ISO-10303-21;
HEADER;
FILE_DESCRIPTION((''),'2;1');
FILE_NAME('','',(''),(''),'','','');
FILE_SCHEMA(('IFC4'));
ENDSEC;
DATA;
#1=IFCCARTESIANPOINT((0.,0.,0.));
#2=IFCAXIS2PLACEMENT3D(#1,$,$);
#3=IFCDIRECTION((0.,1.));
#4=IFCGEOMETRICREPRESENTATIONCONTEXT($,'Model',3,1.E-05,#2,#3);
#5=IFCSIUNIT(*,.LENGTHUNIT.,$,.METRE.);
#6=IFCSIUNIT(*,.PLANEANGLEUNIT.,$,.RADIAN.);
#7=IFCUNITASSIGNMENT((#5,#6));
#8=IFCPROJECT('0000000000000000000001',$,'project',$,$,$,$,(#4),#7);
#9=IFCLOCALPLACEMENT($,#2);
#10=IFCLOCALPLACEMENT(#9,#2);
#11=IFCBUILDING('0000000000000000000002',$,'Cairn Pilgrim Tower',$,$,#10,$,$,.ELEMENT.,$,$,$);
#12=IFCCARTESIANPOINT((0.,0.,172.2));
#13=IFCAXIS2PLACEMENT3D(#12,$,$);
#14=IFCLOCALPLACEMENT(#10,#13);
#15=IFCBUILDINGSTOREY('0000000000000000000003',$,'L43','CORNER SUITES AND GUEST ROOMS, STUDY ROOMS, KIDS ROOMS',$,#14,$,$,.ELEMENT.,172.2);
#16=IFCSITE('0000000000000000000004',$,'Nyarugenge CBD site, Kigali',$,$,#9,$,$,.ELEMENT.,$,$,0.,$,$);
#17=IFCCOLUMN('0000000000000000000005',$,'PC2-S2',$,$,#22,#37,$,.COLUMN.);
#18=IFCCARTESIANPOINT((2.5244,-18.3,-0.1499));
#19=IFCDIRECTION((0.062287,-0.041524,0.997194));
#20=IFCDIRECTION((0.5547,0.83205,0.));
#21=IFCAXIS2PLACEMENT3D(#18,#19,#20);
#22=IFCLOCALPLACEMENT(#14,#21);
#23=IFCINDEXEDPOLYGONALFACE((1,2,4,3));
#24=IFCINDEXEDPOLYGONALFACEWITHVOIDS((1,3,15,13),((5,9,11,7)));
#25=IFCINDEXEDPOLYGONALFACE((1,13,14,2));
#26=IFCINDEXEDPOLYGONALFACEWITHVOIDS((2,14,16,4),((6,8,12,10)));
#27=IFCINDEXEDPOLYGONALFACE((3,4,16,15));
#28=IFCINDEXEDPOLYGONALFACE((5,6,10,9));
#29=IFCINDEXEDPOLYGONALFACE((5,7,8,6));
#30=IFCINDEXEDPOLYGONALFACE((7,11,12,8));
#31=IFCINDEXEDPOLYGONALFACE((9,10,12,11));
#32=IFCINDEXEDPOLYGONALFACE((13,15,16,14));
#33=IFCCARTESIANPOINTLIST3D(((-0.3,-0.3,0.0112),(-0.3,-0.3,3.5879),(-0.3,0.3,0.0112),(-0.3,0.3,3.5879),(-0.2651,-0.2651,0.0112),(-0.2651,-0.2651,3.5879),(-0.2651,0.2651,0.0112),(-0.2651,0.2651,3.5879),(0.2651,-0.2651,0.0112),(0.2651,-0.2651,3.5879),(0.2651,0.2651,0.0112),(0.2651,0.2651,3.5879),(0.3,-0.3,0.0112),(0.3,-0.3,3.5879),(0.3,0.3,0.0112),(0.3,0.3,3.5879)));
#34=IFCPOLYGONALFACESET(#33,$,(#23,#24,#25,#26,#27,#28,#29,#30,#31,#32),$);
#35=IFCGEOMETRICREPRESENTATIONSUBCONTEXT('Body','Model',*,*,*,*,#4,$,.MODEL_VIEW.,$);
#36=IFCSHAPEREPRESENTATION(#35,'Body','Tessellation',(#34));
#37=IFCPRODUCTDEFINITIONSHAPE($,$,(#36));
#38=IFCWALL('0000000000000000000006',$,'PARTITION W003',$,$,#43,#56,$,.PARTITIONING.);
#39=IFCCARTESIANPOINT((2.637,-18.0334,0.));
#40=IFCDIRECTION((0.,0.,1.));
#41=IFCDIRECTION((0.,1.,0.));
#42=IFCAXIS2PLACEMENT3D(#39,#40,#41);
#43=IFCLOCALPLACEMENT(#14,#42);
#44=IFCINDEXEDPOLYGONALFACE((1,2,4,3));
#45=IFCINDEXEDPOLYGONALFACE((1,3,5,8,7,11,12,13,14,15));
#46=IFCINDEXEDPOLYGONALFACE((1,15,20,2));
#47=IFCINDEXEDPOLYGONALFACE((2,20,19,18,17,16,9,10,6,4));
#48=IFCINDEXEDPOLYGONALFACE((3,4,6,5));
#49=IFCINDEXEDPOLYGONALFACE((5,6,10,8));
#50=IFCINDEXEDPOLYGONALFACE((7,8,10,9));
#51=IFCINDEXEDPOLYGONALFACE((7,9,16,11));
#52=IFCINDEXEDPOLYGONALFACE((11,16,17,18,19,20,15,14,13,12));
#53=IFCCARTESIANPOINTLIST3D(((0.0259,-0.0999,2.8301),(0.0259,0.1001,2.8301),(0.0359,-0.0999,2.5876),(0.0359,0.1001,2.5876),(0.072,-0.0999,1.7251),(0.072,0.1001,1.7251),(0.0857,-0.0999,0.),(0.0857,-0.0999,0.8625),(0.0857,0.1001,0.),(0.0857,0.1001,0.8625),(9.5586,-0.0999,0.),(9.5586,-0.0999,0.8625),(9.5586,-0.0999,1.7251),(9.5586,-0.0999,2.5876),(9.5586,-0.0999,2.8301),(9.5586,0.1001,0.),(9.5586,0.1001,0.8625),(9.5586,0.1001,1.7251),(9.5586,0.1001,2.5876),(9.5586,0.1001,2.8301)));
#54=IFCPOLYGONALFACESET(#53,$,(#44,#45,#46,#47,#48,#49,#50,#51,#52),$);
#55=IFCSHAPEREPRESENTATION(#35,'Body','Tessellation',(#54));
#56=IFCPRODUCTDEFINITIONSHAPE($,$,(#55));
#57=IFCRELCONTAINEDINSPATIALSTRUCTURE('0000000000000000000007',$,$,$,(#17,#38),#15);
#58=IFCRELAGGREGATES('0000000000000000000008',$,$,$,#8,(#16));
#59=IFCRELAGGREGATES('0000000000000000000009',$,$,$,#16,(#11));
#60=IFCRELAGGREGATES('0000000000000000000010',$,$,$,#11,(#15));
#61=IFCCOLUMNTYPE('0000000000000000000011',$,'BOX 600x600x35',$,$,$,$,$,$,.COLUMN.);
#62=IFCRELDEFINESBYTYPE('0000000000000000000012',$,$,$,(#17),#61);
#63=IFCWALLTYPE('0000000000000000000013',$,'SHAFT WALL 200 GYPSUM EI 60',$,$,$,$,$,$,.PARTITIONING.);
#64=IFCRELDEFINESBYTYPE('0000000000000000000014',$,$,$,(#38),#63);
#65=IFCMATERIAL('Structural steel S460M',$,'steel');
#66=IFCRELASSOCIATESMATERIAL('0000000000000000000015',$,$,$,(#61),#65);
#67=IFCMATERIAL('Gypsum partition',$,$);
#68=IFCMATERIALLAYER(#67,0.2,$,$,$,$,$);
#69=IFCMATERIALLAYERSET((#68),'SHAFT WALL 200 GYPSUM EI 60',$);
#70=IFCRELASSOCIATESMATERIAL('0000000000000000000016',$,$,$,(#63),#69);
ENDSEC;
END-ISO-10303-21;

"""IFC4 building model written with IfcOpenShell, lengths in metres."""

from ifc_helpers import new_model, si_unit, direction, frame, origin, origin_2d, place, context, subcontext, project, spatial, polyline, hollow_rectangle, outline, extrude, clip, halfspace, material, layer, layer_set, material_profile, profile_set, type_object, element, save


model = new_model("IFC4")

# Units and contexts
model_context = context("Model", 3, precision=1e-05, world=origin(), true_north=direction((0.0, 1.0)))
body_context = subcontext(model_context, "Body", "Model", "MODEL_VIEW")
ifc_project = project(units=[si_unit("LENGTHUNIT", "METRE"), si_unit("PLANEANGLEUNIT", "RADIAN")], contexts=[model_context])

# Site, building, storey
site_placement = place(None, origin())
site = spatial("IfcSite", under=ifc_project, at=site_placement, Name="Nyarugenge CBD site, Kigali", CompositionType="ELEMENT", RefElevation=0.0)
building_placement = place(site_placement, origin())
building = spatial("IfcBuilding", under=site, at=building_placement, Name="Cairn Pilgrim Tower", CompositionType="ELEMENT")
storey_placement = place(building_placement, frame((0.0, 0.0, 172.2)))
storey = spatial("IfcBuildingStorey", under=building, at=storey_placement, Name="L43", Description="CORNER SUITES AND GUEST ROOMS, STUDY ROOMS, KIDS ROOMS", CompositionType="ELEMENT", Elevation=172.2)

# Column
ifc_material_1 = material(Name="Structural steel S460M", Category="steel")
ifc_material_profile_1 = material_profile(ifc_material_1, hollow_rectangle(XDim=0.6001, YDim=0.6001, WallThickness=0.0349, at=origin_2d()), Name="BOX 600x600x35")
ifc_profile_set_1 = profile_set([ifc_material_profile_1], Name="Structural steel S460M")
column_type_1 = type_object("IfcColumnType", Name="BOX 600x600x35", PredefinedType="COLUMN", material=ifc_profile_set_1)
column_1_placement = place(storey_placement, frame((2.5244, -18.3, -0.1499), z_axis=(0.062287, -0.041524, 0.997194), x_axis=(0.5547, 0.83205, 0.0)))
element("IfcColumn", 1, at=column_1_placement, inside=storey, type_object=column_type_1, Name="PC2-S2", PredefinedType="COLUMN", context=body_context, shape_type="Clipping", body=[
    clip(clip(extrude(hollow_rectangle(XDim=0.6001, YDim=0.6001, WallThickness=0.0349, at=origin_2d()), origin(), (0.0, 0.0, 1.0), 3.6099), halfspace(frame((0.0, 0.0, 0.0112), z_axis=(0.0, 0.0, 1.0), x_axis=(1.0, 0.0, 0.0)), True)), halfspace(frame((0.0, 0.0, 3.5879), z_axis=(0.0, 0.0, 1.0), x_axis=(1.0, 0.0, 0.0)), False)),
])

# Shared definitions
ifc_material_2 = material(Name="Gypsum partition")

# Wall
ifc_layer_1 = layer(ifc_material_2, 0.2)
ifc_layer_set_1 = layer_set([ifc_layer_1], Name="SHAFT WALL 200 GYPSUM EI 60")
wall_type_1 = type_object("IfcWallType", Name="SHAFT WALL 200 GYPSUM EI 60", PredefinedType="PARTITIONING", material=ifc_layer_set_1)
wall_1_placement = place(storey_placement, frame((2.637, -18.0334, 0.0), z_axis=(0.0, 0.0, 1.0), x_axis=(0.0, 1.0, 0.0)))
element("IfcWall", 2, at=wall_1_placement, inside=storey, type_object=wall_type_1, Name="PARTITION W003", PredefinedType="PARTITIONING", context=body_context, shape_type="SweptSolid", body=[
    extrude(outline(polyline([(0.0857, 0.0), (9.5586, 0.0), (9.5586, 0.8625), (9.5586, 1.7251), (9.5586, 2.5876), (9.5586, 2.8301), (0.0259, 2.8301), (0.0359, 2.5876), (0.072, 1.7251), (0.0857, 0.8625), (0.0857, 0.0)])), frame((0.0, 0.1001, 0.0), z_axis=(0.0, -1.0, 0.0), x_axis=(1.0, 0.0, 0.0)), (0.0, 0.0, 1.0), 0.2),
])

save(model, "model.ifc")
